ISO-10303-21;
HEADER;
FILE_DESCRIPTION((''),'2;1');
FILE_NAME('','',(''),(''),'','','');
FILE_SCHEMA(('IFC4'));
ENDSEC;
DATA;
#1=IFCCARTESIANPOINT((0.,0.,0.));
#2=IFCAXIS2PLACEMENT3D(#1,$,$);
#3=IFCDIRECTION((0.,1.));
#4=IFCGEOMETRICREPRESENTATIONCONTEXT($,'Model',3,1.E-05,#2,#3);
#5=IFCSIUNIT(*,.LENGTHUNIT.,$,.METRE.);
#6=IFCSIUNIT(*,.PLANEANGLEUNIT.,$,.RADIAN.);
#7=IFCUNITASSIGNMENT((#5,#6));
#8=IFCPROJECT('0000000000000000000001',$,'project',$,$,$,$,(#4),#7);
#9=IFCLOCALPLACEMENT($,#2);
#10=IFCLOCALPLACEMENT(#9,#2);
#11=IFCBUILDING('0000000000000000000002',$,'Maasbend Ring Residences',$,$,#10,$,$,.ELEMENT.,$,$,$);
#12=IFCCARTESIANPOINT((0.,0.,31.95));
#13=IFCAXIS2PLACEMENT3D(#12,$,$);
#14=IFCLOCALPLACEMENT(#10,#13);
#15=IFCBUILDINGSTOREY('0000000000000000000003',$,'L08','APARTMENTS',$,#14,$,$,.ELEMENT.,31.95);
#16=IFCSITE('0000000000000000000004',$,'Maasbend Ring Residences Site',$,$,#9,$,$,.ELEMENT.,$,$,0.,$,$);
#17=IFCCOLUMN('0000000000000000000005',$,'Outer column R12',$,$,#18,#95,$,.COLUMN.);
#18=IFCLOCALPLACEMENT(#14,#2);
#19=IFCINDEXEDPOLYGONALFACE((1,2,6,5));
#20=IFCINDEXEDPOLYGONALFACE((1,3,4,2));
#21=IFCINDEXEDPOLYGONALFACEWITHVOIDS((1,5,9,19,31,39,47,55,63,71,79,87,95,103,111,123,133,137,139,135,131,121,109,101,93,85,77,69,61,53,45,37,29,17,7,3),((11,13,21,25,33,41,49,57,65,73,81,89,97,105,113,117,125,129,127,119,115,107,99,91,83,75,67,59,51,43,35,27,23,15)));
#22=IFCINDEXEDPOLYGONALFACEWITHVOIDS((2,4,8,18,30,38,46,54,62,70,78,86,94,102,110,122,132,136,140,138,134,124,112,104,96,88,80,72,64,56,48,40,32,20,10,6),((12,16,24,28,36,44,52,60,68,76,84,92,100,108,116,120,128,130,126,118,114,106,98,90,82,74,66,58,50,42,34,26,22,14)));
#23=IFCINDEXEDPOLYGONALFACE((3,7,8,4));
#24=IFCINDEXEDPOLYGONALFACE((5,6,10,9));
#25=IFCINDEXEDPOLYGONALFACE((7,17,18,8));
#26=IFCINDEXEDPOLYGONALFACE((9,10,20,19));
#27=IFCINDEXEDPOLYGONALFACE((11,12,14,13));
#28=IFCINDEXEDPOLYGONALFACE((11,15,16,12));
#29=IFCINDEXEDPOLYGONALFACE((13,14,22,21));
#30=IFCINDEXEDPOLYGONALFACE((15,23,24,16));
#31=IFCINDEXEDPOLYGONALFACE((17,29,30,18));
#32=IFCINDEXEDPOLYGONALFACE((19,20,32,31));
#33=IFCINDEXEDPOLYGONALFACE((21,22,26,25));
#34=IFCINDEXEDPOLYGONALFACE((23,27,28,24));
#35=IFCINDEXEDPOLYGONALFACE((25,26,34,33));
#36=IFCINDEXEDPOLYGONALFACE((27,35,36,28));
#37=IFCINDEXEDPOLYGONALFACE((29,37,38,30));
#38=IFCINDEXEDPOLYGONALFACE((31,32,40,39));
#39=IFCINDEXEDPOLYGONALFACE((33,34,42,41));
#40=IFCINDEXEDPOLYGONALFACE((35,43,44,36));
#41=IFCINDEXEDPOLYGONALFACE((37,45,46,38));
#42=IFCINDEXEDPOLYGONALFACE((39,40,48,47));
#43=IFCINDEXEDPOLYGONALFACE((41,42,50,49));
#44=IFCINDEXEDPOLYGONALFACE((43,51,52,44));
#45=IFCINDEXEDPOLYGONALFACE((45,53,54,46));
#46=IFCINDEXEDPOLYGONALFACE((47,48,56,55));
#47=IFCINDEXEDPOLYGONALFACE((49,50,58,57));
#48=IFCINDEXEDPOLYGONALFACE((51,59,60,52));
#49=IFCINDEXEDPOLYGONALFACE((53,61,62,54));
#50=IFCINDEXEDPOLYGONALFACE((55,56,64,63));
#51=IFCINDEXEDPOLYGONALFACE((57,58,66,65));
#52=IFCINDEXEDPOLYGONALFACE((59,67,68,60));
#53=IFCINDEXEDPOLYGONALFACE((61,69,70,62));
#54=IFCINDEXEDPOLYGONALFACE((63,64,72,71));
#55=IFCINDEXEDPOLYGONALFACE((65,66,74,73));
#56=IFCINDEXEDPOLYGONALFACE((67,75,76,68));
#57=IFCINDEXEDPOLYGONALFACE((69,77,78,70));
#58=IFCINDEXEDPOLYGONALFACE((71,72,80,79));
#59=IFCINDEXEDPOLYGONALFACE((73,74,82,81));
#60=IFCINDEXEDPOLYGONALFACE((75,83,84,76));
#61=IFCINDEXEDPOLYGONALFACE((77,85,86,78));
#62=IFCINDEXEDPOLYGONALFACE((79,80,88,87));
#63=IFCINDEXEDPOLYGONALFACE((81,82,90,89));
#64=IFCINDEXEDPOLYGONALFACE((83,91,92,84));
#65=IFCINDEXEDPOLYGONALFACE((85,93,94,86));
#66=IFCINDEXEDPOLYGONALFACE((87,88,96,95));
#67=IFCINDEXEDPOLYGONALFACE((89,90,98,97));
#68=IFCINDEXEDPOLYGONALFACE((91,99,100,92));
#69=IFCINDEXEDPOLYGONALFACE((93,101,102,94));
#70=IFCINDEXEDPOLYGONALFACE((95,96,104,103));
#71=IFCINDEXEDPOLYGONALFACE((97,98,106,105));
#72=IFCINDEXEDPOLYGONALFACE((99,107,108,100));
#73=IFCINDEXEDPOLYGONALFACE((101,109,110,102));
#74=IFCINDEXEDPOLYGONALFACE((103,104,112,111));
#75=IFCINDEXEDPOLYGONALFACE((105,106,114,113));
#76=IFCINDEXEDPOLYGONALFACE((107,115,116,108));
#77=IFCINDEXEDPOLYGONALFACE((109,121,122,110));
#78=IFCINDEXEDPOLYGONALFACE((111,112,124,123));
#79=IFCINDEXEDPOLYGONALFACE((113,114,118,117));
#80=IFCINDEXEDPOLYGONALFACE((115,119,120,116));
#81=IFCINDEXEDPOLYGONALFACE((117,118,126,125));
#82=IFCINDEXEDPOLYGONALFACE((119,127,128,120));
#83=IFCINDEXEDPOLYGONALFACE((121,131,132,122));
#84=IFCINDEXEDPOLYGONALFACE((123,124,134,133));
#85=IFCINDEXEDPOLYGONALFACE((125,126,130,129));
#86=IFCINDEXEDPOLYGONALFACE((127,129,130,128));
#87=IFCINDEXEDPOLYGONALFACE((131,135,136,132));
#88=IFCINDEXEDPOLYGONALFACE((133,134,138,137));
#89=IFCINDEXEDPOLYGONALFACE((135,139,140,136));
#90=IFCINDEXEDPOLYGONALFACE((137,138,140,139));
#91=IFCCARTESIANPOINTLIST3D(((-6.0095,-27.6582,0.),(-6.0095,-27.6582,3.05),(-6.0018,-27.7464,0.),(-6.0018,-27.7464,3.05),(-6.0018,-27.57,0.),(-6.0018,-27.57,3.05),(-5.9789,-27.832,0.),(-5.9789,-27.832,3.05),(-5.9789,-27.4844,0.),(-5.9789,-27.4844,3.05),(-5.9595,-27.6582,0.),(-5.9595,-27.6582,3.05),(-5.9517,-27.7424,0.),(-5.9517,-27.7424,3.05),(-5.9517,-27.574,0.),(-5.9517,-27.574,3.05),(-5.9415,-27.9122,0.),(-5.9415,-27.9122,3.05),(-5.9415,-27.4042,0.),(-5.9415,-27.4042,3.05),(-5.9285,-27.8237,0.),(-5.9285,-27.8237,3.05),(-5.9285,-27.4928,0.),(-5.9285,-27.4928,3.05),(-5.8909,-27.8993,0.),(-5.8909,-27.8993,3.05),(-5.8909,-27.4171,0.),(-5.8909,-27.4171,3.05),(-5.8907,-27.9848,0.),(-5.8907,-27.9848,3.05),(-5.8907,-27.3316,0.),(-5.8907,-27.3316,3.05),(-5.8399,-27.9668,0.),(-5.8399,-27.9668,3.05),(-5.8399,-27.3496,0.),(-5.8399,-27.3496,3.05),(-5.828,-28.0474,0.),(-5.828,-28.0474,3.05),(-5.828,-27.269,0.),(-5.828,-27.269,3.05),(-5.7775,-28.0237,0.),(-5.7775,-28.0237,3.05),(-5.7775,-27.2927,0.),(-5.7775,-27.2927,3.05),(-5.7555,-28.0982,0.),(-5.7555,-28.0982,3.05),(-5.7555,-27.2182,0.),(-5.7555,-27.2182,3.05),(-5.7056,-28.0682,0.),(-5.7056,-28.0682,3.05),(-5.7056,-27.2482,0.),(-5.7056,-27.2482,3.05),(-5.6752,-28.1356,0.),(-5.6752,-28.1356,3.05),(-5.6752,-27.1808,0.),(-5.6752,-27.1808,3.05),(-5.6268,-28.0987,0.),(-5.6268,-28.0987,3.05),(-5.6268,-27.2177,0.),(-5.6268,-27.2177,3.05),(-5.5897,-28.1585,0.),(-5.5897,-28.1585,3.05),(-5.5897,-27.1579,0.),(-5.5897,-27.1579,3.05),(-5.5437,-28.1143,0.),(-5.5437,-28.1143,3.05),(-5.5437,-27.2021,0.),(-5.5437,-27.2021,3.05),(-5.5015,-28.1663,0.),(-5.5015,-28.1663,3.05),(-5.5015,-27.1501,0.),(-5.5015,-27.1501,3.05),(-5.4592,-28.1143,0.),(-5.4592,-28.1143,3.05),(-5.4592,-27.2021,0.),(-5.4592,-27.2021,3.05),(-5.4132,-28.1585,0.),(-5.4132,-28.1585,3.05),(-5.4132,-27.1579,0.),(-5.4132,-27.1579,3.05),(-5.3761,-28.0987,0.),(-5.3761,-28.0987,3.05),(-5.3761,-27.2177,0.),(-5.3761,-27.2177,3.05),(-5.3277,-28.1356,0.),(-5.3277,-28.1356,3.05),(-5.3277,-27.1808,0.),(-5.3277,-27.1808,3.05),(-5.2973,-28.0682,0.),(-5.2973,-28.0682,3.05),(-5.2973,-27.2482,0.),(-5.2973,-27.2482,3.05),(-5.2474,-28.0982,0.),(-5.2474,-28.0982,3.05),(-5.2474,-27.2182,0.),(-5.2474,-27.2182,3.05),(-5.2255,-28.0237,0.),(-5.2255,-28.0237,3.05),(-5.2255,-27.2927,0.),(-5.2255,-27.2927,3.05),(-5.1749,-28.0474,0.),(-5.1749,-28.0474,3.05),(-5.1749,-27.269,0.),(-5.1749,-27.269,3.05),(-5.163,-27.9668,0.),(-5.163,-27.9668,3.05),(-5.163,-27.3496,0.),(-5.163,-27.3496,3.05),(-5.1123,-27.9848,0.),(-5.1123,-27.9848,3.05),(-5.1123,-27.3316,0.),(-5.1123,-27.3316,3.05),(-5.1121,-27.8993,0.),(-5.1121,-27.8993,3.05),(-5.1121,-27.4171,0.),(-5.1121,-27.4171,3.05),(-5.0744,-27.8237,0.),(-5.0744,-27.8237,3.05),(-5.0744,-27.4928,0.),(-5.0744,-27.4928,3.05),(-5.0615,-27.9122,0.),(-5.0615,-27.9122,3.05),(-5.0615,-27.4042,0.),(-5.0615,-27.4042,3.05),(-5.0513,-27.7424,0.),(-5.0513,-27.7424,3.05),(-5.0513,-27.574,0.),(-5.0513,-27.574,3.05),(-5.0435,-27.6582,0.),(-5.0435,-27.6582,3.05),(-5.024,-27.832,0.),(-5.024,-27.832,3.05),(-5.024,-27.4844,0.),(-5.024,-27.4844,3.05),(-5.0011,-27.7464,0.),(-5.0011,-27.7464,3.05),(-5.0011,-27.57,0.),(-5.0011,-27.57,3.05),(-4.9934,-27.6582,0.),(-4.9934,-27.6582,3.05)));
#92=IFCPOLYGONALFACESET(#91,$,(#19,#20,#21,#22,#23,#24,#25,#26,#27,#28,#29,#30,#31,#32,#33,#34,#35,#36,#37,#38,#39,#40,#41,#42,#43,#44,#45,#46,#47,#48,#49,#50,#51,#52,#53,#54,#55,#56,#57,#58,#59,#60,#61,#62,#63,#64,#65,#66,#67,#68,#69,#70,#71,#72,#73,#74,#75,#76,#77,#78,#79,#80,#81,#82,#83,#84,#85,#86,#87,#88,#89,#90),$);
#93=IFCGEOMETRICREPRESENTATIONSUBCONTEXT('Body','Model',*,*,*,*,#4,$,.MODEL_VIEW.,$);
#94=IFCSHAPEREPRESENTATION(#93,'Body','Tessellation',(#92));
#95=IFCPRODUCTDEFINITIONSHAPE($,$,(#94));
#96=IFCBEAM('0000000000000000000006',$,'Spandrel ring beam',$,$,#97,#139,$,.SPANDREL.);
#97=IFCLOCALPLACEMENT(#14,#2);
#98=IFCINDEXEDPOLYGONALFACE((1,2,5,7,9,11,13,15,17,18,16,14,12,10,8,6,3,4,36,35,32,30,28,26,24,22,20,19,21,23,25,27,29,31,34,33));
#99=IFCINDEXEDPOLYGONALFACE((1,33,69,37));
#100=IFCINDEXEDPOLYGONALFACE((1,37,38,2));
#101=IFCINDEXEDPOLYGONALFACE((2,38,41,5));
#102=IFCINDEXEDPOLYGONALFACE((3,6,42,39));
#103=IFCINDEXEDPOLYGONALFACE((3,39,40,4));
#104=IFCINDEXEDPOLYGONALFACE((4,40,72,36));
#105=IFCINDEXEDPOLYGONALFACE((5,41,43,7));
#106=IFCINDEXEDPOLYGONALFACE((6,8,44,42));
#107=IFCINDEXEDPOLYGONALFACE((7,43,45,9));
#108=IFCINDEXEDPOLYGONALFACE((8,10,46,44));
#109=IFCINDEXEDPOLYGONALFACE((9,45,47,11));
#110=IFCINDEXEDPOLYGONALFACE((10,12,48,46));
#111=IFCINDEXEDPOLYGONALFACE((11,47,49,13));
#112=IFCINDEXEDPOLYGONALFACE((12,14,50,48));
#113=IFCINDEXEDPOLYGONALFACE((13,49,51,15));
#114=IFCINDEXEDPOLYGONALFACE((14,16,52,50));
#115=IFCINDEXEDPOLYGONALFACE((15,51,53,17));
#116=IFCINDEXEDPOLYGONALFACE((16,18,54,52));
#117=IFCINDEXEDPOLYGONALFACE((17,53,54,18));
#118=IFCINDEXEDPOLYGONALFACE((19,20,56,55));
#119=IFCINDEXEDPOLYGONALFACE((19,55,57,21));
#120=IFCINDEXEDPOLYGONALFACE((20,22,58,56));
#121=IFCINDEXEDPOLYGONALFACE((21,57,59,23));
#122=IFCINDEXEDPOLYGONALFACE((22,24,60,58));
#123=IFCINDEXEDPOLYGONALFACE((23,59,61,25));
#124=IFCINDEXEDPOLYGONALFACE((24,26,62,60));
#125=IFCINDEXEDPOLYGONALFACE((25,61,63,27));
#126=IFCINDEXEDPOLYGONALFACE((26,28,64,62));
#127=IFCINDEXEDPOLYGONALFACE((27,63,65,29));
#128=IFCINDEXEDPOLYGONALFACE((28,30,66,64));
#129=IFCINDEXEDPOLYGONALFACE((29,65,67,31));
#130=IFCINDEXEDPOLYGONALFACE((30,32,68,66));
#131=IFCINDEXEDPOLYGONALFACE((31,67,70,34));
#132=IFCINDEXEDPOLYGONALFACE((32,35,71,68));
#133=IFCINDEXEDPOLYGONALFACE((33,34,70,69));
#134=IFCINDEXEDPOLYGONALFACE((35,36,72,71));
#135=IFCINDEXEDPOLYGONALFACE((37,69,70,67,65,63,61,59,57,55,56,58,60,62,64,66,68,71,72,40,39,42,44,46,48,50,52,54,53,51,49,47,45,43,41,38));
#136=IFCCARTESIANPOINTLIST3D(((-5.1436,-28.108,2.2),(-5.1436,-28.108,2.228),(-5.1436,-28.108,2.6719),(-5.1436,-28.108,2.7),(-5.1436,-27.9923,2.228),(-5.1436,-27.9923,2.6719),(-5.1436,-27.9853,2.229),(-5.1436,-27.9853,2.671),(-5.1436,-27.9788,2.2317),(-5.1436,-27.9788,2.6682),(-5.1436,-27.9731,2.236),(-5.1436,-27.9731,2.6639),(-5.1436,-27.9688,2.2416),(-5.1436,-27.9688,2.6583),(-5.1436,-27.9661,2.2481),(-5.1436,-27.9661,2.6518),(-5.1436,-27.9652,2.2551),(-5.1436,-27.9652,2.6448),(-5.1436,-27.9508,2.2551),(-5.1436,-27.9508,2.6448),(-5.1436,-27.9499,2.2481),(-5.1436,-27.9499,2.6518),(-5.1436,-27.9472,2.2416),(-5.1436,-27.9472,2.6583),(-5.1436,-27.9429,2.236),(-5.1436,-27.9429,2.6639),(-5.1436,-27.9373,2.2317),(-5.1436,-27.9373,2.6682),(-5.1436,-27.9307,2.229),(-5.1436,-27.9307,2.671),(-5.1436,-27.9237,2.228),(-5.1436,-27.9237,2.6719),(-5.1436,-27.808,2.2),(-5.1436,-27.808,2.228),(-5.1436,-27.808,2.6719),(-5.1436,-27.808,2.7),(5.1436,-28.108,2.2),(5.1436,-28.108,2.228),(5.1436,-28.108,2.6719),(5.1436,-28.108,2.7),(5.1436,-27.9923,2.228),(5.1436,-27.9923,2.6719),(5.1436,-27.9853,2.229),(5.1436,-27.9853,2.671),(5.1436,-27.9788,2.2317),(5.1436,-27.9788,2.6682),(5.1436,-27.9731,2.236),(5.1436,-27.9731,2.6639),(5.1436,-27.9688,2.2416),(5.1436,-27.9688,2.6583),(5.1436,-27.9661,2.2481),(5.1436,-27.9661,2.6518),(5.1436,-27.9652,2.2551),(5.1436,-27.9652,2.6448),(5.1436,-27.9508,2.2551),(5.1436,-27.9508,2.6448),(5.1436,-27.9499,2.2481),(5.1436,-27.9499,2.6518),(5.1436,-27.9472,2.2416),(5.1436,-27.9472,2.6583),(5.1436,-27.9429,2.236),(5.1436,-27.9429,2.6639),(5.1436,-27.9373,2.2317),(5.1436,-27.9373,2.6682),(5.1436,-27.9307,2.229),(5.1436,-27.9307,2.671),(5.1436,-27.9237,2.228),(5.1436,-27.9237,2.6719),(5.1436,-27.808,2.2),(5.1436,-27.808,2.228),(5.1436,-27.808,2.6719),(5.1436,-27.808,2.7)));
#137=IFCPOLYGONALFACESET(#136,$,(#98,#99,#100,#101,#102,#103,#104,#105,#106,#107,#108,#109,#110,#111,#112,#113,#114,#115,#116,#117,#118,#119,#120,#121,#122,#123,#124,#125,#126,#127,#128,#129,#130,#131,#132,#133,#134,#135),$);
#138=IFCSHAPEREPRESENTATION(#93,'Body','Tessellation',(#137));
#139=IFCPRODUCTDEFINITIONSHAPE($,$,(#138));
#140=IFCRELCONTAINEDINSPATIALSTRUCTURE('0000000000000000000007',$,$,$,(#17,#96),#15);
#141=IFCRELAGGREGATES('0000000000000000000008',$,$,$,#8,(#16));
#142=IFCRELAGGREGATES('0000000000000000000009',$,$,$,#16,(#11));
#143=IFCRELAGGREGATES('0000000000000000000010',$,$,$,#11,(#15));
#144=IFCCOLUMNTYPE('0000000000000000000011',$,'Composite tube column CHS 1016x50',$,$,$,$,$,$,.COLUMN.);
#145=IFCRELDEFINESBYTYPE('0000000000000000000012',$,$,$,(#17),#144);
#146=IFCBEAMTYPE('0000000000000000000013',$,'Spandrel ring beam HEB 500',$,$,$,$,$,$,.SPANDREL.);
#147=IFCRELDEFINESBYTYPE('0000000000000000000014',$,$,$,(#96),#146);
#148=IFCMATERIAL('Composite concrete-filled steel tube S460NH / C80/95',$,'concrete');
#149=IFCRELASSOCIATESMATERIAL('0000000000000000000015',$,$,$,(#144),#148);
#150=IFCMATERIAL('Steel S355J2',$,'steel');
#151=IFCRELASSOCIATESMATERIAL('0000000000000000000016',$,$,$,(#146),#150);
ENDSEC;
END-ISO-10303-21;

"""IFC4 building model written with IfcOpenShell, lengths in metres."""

from ifc_helpers import new_model, si_unit, direction, frame, origin, origin_2d, place, context, subcontext, project, spatial, hollow_circle, i_section, extrude, material, material_profile, profile_set, type_object, element, save


model = new_model("IFC4")

# Units and contexts
model_context = context("Model", 3, precision=1e-05, world=origin(), true_north=direction((0.0, 1.0)))
body_context = subcontext(model_context, "Body", "Model", "MODEL_VIEW")
ifc_project = project(units=[si_unit("LENGTHUNIT", "METRE"), si_unit("PLANEANGLEUNIT", "RADIAN")], contexts=[model_context])

# Site, building, storey
site_placement = place(None, origin())
site = spatial("IfcSite", under=ifc_project, at=site_placement, Name="Maasbend Ring Residences Site", CompositionType="ELEMENT", RefElevation=0.0)
building_placement = place(site_placement, origin())
building = spatial("IfcBuilding", under=site, at=building_placement, Name="Maasbend Ring Residences", CompositionType="ELEMENT")
storey_placement = place(building_placement, frame((0.0, 0.0, 31.95)))
storey = spatial("IfcBuildingStorey", under=building, at=storey_placement, Name="L08", Description="APARTMENTS", CompositionType="ELEMENT", Elevation=31.95)

# Column
ifc_material_1 = material(Name="Composite concrete-filled steel tube S460NH / C80/95", Category="concrete")
ifc_material_profile_1 = material_profile(ifc_material_1, hollow_circle(Radius=0.5081, WallThickness=0.05, at=origin_2d()), Name="Composite tube column CHS 1016x50")
ifc_profile_set_1 = profile_set([ifc_material_profile_1], Name="Composite concrete-filled steel tube S460NH / C80/95")
column_type = type_object("IfcColumnType", Name="Composite tube column CHS 1016x50", PredefinedType="COLUMN", material=ifc_profile_set_1)
column_placement = place(storey_placement, frame((-5.5015, -27.6582, 0.0), z_axis=(0.0, 0.0, 1.0), x_axis=(1.0, 0.0, 0.0)))
element("IfcColumn", 1, at=column_placement, inside=storey, type_object=column_type, Name="Outer column R12", PredefinedType="COLUMN", context=body_context, shape_type="SweptSolid", body=[
    extrude(hollow_circle(Radius=0.5081, WallThickness=0.05, at=origin_2d()), origin(), (0.0, 0.0, 1.0), 3.05),
])

# Beam
ifc_material_2 = material(Name="Steel S355J2", Category="steel")
ifc_material_profile_2 = material_profile(ifc_material_2, i_section(OverallWidth=0.3, OverallDepth=0.5, WebThickness=0.0144, FlangeThickness=0.0281, FilletRadius=0.0271, at=origin_2d()), Name="HEB 500")
ifc_profile_set_2 = profile_set([ifc_material_profile_2], Name="Steel S355J2")
beam_type = type_object("IfcBeamType", Name="Spandrel ring beam HEB 500", PredefinedType="SPANDREL", material=ifc_profile_set_2)
beam_placement = place(storey_placement, frame((-5.1436, -27.958, 2.45), z_axis=(1.0, 0.0, 0.0), x_axis=(0.0, 1.0, 0.0)))
element("IfcBeam", 2, at=beam_placement, inside=storey, type_object=beam_type, Name="Spandrel ring beam", PredefinedType="SPANDREL", context=body_context, shape_type="SweptSolid", body=[
    extrude(i_section(OverallWidth=0.3, OverallDepth=0.5, WebThickness=0.0144, FlangeThickness=0.0281, FilletRadius=0.0271, at=origin_2d()), origin(), (0.0, 0.0, 1.0), 10.2871),
])

save(model, "model.ifc")
